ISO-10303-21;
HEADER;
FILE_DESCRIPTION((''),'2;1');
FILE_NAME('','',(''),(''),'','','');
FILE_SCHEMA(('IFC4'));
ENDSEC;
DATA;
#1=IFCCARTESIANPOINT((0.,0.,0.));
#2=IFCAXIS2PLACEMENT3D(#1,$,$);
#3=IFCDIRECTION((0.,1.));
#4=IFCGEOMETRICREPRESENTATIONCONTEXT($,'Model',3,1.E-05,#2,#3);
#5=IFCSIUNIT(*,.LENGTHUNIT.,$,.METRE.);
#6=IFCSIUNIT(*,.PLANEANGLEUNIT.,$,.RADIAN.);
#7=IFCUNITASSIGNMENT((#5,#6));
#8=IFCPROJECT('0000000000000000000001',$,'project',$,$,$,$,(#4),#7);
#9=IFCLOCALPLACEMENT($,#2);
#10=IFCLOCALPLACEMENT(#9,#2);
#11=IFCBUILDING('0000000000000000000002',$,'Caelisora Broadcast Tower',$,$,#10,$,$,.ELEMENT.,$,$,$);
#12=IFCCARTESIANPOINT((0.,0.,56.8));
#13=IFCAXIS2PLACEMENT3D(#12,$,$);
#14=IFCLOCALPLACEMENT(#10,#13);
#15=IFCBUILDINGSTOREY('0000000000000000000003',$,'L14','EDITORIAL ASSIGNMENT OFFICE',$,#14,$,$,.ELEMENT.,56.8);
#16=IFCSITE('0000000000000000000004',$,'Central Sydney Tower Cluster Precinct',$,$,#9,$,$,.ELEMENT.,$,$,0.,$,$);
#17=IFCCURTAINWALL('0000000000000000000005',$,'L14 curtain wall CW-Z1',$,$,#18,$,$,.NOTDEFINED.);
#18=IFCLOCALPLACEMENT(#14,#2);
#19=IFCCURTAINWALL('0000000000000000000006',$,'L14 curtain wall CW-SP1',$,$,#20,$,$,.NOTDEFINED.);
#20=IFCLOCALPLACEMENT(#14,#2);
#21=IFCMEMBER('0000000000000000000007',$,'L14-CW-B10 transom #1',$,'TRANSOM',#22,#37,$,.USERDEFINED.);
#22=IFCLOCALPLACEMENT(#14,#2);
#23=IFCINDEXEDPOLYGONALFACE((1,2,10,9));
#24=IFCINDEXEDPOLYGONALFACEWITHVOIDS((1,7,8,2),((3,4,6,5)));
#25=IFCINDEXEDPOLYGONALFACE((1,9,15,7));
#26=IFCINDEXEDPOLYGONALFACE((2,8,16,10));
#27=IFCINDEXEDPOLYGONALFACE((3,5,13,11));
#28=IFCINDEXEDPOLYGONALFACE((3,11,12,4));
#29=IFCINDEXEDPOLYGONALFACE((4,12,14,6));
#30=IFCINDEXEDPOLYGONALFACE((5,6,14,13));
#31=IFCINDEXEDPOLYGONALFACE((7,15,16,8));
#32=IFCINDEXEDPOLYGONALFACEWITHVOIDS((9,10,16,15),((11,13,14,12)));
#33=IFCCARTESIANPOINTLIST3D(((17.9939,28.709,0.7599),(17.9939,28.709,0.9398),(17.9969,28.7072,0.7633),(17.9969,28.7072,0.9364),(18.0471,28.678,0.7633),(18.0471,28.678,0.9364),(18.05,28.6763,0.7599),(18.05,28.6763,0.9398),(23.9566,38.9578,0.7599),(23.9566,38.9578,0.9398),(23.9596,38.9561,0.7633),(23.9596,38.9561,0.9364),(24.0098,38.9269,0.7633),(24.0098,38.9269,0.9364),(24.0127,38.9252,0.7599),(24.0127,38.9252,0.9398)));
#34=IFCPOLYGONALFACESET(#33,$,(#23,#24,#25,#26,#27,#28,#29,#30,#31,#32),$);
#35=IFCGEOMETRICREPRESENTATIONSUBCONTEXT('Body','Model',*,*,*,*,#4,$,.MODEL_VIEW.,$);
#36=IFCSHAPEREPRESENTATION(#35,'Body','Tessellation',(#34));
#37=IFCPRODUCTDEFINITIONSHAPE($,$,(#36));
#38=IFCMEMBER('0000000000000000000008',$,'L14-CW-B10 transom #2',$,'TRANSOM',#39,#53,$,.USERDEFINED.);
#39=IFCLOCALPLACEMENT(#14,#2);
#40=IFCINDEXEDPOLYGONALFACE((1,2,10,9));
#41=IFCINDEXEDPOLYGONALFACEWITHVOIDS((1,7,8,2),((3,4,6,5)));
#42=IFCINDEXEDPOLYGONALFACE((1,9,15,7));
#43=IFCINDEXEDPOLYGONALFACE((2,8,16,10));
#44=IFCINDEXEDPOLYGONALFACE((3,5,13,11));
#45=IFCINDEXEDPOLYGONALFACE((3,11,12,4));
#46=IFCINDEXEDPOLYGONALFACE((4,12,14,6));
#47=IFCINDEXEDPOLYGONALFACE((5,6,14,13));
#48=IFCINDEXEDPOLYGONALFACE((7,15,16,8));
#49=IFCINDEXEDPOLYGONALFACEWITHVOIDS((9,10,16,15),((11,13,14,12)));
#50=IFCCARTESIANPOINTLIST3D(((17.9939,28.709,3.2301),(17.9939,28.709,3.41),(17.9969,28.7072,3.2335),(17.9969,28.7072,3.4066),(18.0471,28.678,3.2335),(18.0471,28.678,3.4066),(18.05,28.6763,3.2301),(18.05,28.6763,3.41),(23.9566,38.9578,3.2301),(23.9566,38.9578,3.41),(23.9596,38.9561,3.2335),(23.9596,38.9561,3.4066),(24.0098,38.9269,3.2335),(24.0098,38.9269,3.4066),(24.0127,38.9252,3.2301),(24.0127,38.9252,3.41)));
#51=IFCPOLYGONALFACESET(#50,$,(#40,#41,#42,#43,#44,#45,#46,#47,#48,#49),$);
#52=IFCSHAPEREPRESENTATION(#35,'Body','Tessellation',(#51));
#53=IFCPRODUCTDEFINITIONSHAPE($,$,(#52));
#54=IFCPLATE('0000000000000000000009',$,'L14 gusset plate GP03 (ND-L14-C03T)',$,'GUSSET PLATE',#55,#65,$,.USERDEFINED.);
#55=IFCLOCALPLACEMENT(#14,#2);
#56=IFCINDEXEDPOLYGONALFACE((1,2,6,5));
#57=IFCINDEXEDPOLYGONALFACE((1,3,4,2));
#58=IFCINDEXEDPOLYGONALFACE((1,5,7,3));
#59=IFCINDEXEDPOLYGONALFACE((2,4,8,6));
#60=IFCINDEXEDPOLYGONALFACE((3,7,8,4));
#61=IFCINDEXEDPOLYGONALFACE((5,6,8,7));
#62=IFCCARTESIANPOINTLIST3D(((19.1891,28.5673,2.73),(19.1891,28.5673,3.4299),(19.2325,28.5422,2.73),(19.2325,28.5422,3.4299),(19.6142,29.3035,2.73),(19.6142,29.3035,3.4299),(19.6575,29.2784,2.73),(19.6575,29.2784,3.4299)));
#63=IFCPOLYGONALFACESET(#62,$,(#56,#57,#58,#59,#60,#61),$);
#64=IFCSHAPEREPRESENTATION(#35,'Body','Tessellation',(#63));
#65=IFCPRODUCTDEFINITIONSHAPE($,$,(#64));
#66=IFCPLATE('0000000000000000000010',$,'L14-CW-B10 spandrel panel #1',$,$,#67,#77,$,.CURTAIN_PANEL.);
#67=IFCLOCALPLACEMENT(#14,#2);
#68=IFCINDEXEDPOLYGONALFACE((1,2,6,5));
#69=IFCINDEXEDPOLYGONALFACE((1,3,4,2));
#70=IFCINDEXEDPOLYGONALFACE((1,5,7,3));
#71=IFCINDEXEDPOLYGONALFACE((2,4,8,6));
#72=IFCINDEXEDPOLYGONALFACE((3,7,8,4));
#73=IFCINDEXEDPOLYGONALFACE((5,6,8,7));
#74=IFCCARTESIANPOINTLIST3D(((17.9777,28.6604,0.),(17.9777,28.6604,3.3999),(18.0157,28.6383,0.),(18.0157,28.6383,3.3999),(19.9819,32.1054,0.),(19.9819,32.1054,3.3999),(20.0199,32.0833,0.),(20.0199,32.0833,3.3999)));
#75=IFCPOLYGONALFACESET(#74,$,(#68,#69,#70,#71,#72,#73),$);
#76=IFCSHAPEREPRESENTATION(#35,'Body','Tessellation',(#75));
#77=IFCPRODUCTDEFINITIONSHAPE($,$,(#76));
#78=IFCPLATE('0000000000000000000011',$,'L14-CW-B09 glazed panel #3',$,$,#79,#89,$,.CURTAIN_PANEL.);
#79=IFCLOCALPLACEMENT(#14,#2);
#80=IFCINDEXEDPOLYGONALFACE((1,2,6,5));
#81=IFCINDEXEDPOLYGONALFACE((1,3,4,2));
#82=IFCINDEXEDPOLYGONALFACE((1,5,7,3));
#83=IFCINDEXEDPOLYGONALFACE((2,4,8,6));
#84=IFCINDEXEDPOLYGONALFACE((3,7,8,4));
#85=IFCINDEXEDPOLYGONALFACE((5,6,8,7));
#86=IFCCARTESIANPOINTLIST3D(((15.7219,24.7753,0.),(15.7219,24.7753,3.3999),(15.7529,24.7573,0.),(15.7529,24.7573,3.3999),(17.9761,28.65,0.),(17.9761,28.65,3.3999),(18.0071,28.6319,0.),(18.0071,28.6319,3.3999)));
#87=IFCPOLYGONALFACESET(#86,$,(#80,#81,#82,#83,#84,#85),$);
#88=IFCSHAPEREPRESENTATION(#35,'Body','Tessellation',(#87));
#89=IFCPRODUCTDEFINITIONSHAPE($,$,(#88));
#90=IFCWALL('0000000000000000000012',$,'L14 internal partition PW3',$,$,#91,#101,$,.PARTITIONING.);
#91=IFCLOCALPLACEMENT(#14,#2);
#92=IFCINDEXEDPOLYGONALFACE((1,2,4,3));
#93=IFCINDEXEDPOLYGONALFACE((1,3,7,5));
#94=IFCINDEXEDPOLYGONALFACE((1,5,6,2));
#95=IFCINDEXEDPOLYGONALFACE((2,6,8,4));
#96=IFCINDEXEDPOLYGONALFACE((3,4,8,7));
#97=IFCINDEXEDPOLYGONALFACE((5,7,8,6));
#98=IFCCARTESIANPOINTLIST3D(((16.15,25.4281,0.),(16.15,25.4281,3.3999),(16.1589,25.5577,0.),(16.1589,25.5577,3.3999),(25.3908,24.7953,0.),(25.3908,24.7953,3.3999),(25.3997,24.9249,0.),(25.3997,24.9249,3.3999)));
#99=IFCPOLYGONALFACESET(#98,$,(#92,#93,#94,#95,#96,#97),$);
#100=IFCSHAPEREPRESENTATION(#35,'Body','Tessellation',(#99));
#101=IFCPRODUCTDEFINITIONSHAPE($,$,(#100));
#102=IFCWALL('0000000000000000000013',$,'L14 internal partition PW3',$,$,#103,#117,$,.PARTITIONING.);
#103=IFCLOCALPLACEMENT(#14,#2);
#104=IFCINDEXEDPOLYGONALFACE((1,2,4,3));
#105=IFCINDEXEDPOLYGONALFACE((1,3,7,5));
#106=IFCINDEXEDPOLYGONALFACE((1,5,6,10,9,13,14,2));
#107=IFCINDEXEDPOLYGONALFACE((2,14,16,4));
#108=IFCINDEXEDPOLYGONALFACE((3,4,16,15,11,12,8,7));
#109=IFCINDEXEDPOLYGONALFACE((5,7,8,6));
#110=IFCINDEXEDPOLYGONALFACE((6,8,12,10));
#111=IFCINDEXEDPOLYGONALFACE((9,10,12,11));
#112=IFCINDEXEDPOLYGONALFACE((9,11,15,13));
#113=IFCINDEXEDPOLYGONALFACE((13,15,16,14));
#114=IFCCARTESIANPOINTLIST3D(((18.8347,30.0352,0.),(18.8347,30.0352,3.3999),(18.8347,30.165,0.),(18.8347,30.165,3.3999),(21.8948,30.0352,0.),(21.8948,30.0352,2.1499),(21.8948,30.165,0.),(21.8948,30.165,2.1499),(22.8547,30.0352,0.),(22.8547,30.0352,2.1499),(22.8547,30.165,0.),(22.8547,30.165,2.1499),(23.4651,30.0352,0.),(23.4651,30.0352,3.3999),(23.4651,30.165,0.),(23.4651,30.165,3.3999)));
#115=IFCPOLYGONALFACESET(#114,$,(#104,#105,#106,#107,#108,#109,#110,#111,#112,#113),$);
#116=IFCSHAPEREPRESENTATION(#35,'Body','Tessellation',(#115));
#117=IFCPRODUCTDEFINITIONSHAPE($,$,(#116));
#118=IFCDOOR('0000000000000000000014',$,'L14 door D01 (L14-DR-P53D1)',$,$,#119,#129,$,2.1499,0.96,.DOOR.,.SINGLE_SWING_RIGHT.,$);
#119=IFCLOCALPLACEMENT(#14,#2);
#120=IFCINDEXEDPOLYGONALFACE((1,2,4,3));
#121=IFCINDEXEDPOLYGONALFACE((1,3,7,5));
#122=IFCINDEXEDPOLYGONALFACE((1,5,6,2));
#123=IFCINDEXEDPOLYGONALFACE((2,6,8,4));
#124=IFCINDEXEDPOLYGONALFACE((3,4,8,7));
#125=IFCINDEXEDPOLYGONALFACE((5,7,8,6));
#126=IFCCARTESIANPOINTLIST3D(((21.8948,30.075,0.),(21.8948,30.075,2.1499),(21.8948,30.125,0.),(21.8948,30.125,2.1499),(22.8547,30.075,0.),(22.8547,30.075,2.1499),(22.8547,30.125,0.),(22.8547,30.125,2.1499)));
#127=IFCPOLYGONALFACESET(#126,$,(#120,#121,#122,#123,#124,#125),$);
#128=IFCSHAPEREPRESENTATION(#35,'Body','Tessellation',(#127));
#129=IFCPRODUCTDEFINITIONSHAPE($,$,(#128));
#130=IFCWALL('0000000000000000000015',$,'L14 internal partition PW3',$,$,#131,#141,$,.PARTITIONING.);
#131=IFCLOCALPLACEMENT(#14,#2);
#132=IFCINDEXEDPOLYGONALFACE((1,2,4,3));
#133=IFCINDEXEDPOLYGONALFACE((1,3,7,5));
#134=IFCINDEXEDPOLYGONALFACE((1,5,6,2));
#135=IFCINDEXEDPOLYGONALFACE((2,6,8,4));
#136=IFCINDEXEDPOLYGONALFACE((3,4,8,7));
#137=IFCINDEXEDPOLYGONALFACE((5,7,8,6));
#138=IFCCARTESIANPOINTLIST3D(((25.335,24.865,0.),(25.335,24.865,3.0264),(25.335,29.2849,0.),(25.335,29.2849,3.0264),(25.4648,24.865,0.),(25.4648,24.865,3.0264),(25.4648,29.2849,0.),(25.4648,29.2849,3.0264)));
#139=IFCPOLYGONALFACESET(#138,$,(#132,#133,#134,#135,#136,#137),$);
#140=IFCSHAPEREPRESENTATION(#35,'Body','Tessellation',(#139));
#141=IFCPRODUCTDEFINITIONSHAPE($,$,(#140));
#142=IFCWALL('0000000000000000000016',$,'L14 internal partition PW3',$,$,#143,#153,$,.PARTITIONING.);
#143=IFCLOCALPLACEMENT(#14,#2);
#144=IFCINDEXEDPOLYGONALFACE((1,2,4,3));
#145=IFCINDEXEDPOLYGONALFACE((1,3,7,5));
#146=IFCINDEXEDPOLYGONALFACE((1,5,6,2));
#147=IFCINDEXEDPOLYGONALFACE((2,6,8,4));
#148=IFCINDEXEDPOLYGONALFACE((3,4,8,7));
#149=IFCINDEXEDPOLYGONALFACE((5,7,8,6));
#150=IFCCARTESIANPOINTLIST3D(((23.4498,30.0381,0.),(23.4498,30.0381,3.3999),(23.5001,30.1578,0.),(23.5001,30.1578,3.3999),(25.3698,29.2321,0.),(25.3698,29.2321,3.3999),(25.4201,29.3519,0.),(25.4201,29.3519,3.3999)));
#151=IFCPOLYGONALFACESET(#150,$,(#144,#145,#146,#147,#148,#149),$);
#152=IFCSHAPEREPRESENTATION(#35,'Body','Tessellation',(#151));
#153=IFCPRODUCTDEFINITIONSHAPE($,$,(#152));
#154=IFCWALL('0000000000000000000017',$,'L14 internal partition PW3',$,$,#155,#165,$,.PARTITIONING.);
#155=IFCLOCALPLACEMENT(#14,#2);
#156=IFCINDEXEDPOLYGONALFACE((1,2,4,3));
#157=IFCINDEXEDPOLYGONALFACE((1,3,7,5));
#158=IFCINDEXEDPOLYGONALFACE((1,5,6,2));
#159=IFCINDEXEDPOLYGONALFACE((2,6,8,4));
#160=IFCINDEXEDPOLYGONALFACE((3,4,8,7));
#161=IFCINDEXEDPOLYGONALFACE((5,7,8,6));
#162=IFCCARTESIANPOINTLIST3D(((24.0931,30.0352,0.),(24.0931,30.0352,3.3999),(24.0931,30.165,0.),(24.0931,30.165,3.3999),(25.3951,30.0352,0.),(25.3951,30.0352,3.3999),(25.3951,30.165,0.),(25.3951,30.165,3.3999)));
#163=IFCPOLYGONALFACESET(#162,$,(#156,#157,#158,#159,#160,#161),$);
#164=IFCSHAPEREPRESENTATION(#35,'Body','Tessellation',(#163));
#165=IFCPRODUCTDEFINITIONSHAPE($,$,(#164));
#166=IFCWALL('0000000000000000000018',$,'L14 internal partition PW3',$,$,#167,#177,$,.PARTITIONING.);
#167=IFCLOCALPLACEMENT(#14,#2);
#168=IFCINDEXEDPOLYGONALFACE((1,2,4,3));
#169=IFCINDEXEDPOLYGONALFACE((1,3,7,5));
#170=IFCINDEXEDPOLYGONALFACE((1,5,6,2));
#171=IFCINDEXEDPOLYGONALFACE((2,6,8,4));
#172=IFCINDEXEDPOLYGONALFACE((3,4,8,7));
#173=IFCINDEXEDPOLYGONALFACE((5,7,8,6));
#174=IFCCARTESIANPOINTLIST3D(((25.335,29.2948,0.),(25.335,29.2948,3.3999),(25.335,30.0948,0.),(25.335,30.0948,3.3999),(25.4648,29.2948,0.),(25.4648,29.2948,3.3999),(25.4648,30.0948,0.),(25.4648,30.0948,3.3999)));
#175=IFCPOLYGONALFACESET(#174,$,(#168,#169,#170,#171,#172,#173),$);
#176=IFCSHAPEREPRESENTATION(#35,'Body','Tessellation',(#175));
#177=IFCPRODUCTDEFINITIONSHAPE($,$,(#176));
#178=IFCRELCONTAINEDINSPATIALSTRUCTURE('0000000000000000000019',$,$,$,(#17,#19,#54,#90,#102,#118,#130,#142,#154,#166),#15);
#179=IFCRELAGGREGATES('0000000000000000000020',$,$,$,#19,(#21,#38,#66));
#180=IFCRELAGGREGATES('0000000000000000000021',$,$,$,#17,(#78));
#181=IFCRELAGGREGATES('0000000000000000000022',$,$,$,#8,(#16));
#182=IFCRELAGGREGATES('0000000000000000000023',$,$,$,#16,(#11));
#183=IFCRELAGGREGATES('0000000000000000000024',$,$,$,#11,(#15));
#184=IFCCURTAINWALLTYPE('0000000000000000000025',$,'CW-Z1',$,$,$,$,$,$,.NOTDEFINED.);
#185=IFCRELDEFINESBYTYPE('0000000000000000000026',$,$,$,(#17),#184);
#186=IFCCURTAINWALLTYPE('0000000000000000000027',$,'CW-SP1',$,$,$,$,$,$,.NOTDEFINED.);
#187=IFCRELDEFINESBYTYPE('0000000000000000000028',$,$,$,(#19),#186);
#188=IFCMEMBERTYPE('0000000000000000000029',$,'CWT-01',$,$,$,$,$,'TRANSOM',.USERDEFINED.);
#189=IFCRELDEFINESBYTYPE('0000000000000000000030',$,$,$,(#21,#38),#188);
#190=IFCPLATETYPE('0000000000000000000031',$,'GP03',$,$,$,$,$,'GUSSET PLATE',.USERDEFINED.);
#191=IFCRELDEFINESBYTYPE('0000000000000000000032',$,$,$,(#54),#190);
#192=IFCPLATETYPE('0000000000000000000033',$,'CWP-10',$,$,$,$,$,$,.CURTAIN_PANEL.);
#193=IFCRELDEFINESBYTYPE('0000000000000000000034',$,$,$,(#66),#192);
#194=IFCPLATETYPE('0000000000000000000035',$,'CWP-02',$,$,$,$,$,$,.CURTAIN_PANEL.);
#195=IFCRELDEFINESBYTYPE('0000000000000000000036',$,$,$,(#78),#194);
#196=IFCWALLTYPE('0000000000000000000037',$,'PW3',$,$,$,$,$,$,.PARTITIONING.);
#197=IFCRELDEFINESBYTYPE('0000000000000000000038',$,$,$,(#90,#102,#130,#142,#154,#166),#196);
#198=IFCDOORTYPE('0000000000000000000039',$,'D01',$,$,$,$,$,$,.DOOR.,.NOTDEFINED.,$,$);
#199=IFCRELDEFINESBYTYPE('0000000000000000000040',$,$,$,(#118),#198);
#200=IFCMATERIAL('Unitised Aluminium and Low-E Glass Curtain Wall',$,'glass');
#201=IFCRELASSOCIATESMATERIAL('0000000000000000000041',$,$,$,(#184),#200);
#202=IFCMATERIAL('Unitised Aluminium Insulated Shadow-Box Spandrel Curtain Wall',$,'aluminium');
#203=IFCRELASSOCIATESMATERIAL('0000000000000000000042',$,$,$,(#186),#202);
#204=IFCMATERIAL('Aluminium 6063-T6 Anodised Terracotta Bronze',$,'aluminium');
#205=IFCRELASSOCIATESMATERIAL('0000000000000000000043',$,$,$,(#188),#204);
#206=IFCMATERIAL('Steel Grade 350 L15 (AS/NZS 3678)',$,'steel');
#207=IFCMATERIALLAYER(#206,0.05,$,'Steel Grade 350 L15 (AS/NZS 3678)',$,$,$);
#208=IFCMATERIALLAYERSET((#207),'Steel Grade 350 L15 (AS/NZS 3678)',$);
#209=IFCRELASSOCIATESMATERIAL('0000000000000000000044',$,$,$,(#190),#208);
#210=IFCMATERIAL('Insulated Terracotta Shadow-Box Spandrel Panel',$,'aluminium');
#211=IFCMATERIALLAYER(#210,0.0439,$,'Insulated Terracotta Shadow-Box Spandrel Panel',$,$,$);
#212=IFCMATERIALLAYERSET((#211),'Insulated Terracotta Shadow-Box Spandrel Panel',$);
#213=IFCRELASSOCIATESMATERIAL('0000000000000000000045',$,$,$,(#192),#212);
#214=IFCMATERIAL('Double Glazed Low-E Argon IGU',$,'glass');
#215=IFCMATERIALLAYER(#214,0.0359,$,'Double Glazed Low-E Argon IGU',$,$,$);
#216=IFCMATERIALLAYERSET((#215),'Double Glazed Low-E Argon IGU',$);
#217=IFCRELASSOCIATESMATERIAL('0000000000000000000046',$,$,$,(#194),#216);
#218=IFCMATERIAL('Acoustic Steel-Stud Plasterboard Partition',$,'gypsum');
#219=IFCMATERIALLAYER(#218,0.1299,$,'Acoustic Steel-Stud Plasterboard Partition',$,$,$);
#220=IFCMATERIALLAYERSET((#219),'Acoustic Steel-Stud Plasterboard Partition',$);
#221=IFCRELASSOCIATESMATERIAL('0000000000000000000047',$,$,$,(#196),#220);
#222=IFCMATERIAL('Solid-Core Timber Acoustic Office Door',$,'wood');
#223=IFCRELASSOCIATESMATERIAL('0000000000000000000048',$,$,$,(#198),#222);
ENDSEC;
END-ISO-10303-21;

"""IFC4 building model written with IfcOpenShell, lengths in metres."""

from ifc_helpers import new_model, si_unit, direction, frame, frame_2d, origin, origin_2d, place, context, subcontext, project, spatial, rectangle, hollow_rectangle, extrude, source, transform, mapped, material, layer, layer_set, material_profile, profile_set, type_object, type_shapes, element, fill, aggregate, save


model = new_model("IFC4")

# Units and contexts
model_context = context("Model", 3, precision=1e-05, world=origin(), true_north=direction((0.0, 1.0)))
body_context = subcontext(model_context, "Body", "Model", "MODEL_VIEW")
ifc_project = project(units=[si_unit("LENGTHUNIT", "METRE"), si_unit("PLANEANGLEUNIT", "RADIAN")], contexts=[model_context])

# Site, building, storey
site_placement = place(None, origin())
site = spatial("IfcSite", under=ifc_project, at=site_placement, Name="Central Sydney Tower Cluster Precinct", CompositionType="ELEMENT", RefElevation=0.0)
building_placement = place(site_placement, origin())
building = spatial("IfcBuilding", under=site, at=building_placement, Name="Caelisora Broadcast Tower", CompositionType="ELEMENT")
storey_placement = place(building_placement, frame((0.0, 0.0, 56.8)))
storey = spatial("IfcBuildingStorey", under=building, at=storey_placement, Name="L14", Description="EDITORIAL ASSIGNMENT OFFICE", CompositionType="ELEMENT", Elevation=56.8)

# Shared definitions
ifc_material_1 = material(Name="Steel Grade 350 L15 (AS/NZS 3678)", Category="steel")

# Curtain walls, members
ifc_material_2 = material(Name="Unitised Aluminium and Low-E Glass Curtain Wall", Category="glass")
curtain_wall_type_1 = type_object("IfcCurtainWallType", Name="CW-Z1", PredefinedType="NOTDEFINED", material=ifc_material_2)
curtain_wall_1_placement = place(storey_placement, origin())
curtain_wall_1 = element("IfcCurtainWall", 1, at=curtain_wall_1_placement, inside=storey, type_object=curtain_wall_type_1, Name="L14 curtain wall CW-Z1", PredefinedType="NOTDEFINED")
ifc_material_3 = material(Name="Aluminium 6063-T6 Anodised Terracotta Bronze", Category="aluminium")
ifc_material_4 = material(Name="Unitised Aluminium Insulated Shadow-Box Spandrel Curtain Wall", Category="aluminium")
curtain_wall_type_2 = type_object("IfcCurtainWallType", Name="CW-SP1", PredefinedType="NOTDEFINED", material=ifc_material_4)
curtain_wall_2_placement = place(storey_placement, origin())
curtain_wall_2 = element("IfcCurtainWall", 2, at=curtain_wall_2_placement, inside=storey, type_object=curtain_wall_type_2, Name="L14 curtain wall CW-SP1", PredefinedType="NOTDEFINED")
ifc_material_profile_1 = material_profile(ifc_material_3, hollow_rectangle(XDim=0.0649, YDim=0.1799, WallThickness=0.0034, at=origin_2d()), Name="Aluminium 6063-T6 Anodised Terracotta Bronze")
ifc_profile_set_1 = profile_set([ifc_material_profile_1], Name="Aluminium 6063-T6 Anodised Terracotta Bronze")
member_type_1 = type_object("IfcMemberType", Name="CWT-01", ElementType="TRANSOM", PredefinedType="USERDEFINED", material=ifc_profile_set_1)
shared_shape_1 = source(origin(), body_context, "Body", "SweptSolid", [
    extrude(hollow_rectangle(XDim=0.0649, YDim=0.1799, WallThickness=0.0034, at=origin_2d()), origin(), (0.0, 0.0, 1.0), 11.8572),
])
type_shapes(member_type_1, [shared_shape_1])
member_1_placement = place(storey_placement, frame((18.022, 28.6926, 0.8499), z_axis=(0.502876, 0.864359, 0.0), x_axis=(-0.864359, 0.502876, 0.0)))
member_1 = element("IfcMember", 3, at=member_1_placement, type_object=member_type_1, Name="L14-CW-B10 transom #1", ObjectType="TRANSOM", PredefinedType="USERDEFINED", context=body_context, shape_type="MappedRepresentation", body=[
    mapped(shared_shape_1, transform((0.0, 0.0, 0.0), scale=1.0)),
])
member_2_placement = place(storey_placement, frame((18.022, 28.6926, 3.3201), z_axis=(0.502876, 0.864359, 0.0), x_axis=(-0.864359, 0.502876, 0.0)))
member_2 = element("IfcMember", 4, at=member_2_placement, type_object=member_type_1, Name="L14-CW-B10 transom #2", ObjectType="TRANSOM", PredefinedType="USERDEFINED", context=body_context, shape_type="MappedRepresentation", body=[
    mapped(shared_shape_1, transform((0.0, 0.0, 0.0), scale=1.0)),
])

# Plates
ifc_layer_1 = layer(ifc_material_1, 0.05, Name="Steel Grade 350 L15 (AS/NZS 3678)")
ifc_layer_set_1 = layer_set([ifc_layer_1], Name="Steel Grade 350 L15 (AS/NZS 3678)")
plate_type_1 = type_object("IfcPlateType", Name="GP03", ElementType="GUSSET PLATE", PredefinedType="USERDEFINED", material=ifc_layer_set_1)
shared_shape_2 = source(origin(), body_context, "Body", "SweptSolid", [
    extrude(rectangle(XDim=0.8501, YDim=0.05, at=origin_2d()), origin(), (0.0, 0.0, 1.0), 0.7),
])
type_shapes(plate_type_1, [shared_shape_2])
plate_1_placement = place(storey_placement, frame((19.4233, 28.9229, 2.73), z_axis=(0.0, 0.0, 1.0), x_axis=(-0.5, -0.866025, 0.0)))
element("IfcPlate", 5, at=plate_1_placement, inside=storey, type_object=plate_type_1, Name="L14 gusset plate GP03 (ND-L14-C03T)", ObjectType="GUSSET PLATE", PredefinedType="USERDEFINED", context=body_context, shape_type="MappedRepresentation", body=[
    mapped(shared_shape_2, transform((0.0, 0.0, 0.0), scale=1.0)),
])
ifc_material_5 = material(Name="Insulated Terracotta Shadow-Box Spandrel Panel", Category="aluminium")
ifc_layer_2 = layer(ifc_material_5, 0.0439, Name="Insulated Terracotta Shadow-Box Spandrel Panel")
ifc_layer_set_2 = layer_set([ifc_layer_2], Name="Insulated Terracotta Shadow-Box Spandrel Panel")
plate_type_2 = type_object("IfcPlateType", Name="CWP-10", PredefinedType="CURTAIN_PANEL", material=ifc_layer_set_2)
shared_shape_3 = source(origin(), body_context, "Body", "SweptSolid", [
    extrude(rectangle(XDim=3.9856, YDim=0.0439, at=origin_2d()), origin(), (0.0, 0.0, 1.0), 3.3999),
])
type_shapes(plate_type_2, [shared_shape_3])
plate_2_placement = place(storey_placement, frame((18.9988, 30.3718, 0.0), z_axis=(0.0, 0.0, 1.0), x_axis=(0.502869, 0.864363, 0.0)))
plate_2 = element("IfcPlate", 6, at=plate_2_placement, type_object=plate_type_2, Name="L14-CW-B10 spandrel panel #1", PredefinedType="CURTAIN_PANEL", context=body_context, shape_type="MappedRepresentation", body=[
    mapped(shared_shape_3, transform((0.0, 0.0, 0.0), scale=1.0)),
])
aggregate(curtain_wall_2, [member_1, member_2, plate_2])
ifc_material_6 = material(Name="Double Glazed Low-E Argon IGU", Category="glass")
ifc_layer_3 = layer(ifc_material_6, 0.0359, Name="Double Glazed Low-E Argon IGU")
ifc_layer_set_3 = layer_set([ifc_layer_3], Name="Double Glazed Low-E Argon IGU")
plate_type_3 = type_object("IfcPlateType", Name="CWP-02", PredefinedType="CURTAIN_PANEL", material=ifc_layer_set_3)
shared_shape_4 = source(origin(), body_context, "Body", "SweptSolid", [
    extrude(rectangle(XDim=4.4827, YDim=0.0359, at=origin_2d()), origin(), (0.0, 0.0, 1.0), 3.3999),
])
type_shapes(plate_type_3, [shared_shape_4])
plate_3_placement = place(storey_placement, frame((16.8645, 26.7036, 0.0), z_axis=(0.0, 0.0, 1.0), x_axis=(0.502869, 0.864363, 0.0)))
plate_3 = element("IfcPlate", 7, at=plate_3_placement, type_object=plate_type_3, Name="L14-CW-B09 glazed panel #3", PredefinedType="CURTAIN_PANEL", context=body_context, shape_type="MappedRepresentation", body=[
    mapped(shared_shape_4, transform((0.0, 0.0, 0.0), scale=1.0)),
])
aggregate(curtain_wall_1, [plate_3])

# Wall
ifc_material_7 = material(Name="Acoustic Steel-Stud Plasterboard Partition", Category="gypsum")
ifc_layer_4 = layer(ifc_material_7, 0.1299, Name="Acoustic Steel-Stud Plasterboard Partition")
ifc_layer_set_4 = layer_set([ifc_layer_4], Name="Acoustic Steel-Stud Plasterboard Partition")
wall_type = type_object("IfcWallType", Name="PW3", PredefinedType="PARTITIONING", material=ifc_layer_set_4)
wall_1_placement = place(storey_placement, frame((16.1543, 25.4929, 0.0), z_axis=(0.0, 0.0, 1.0), x_axis=(0.997663, -0.068321, 0.0)))
element("IfcWall", 8, at=wall_1_placement, inside=storey, type_object=wall_type, Name="L14 internal partition PW3", PredefinedType="PARTITIONING", context=body_context, shape_type="SweptSolid", body=[
    extrude(rectangle(XDim=9.2625, YDim=0.1299, at=frame_2d((4.6313, 0.0))), origin(), (0.0, 0.0, 1.0), 3.3999),
])

# Wall, opening, door
wall_2_placement = place(storey_placement, frame((18.8347, 30.1001, 0.0), z_axis=(0.0, 0.0, 1.0), x_axis=(1.0, 0.0, 0.0)))
wall_2 = element("IfcWall", 9, at=wall_2_placement, inside=storey, type_object=wall_type, Name="L14 internal partition PW3", PredefinedType="PARTITIONING", context=body_context, shape_type="SweptSolid", body=[
    extrude(rectangle(XDim=4.6304, YDim=0.1299, at=frame_2d((2.3152, 0.0))), origin(), (0.0, 0.0, 1.0), 3.3999),
])
opening_placement = place(wall_2_placement, frame((3.0601, 0.0, 0.0)))
opening = element("IfcOpeningElement", 10, at=opening_placement, cuts=wall_2, PredefinedType="OPENING", context=body_context, shape_type="SweptSolid", body=[
    extrude(rectangle(XDim=0.96, YDim=2.1499, at=frame_2d((0.48, 1.075))), frame((0.0, 0.0769, 0.0), z_axis=(0.0, -1.0, 0.0), x_axis=(1.0, 0.0, 0.0)), (0.0, 0.0, 1.0), 0.1538),
])
ifc_material_8 = material(Name="Solid-Core Timber Acoustic Office Door", Category="wood")
door_type = type_object("IfcDoorType", Name="D01", OperationType="NOTDEFINED", PredefinedType="DOOR", material=ifc_material_8)
door_placement = place(opening_placement, origin())
door = element("IfcDoor", 11, at=door_placement, inside=storey, type_object=door_type, Name="L14 door D01 (L14-DR-P53D1)", OperationType="SINGLE_SWING_RIGHT", OverallHeight=2.1499, OverallWidth=0.96, PredefinedType="DOOR", context=body_context, shape_type="SweptSolid", body=[
    extrude(rectangle(XDim=0.96, YDim=2.1499, at=frame_2d((0.48, 1.075))), frame((0.0, 0.0249, 0.0), z_axis=(0.0, -1.0, 0.0), x_axis=(1.0, 0.0, 0.0)), (0.0, 0.0, 1.0), 0.05),
])
fill(opening, door)

# Walls
wall_3_placement = place(storey_placement, frame((25.3999, 24.865, 0.0), z_axis=(0.0, 0.0, 1.0), x_axis=(0.0, 1.0, 0.0)))
element("IfcWall", 12, at=wall_3_placement, inside=storey, type_object=wall_type, Name="L14 internal partition PW3", PredefinedType="PARTITIONING", context=body_context, shape_type="SweptSolid", body=[
    extrude(rectangle(XDim=4.4199, YDim=0.1299, at=frame_2d((2.21, 0.0))), origin(), (0.0, 0.0, 1.0), 3.0264),
])
wall_4_placement = place(storey_placement, frame((23.4751, 30.0979, 0.0), z_axis=(0.0, 0.0, 1.0), x_axis=(0.922061, -0.387045, 0.0)))
element("IfcWall", 13, at=wall_4_placement, inside=storey, type_object=wall_type, Name="L14 internal partition PW3", PredefinedType="PARTITIONING", context=body_context, shape_type="SweptSolid", body=[
    extrude(rectangle(XDim=2.0823, YDim=0.1299, at=frame_2d((1.041, 0.0))), origin(), (0.0, 0.0, 1.0), 3.3999),
])
wall_5_placement = place(storey_placement, frame((25.395, 30.1001, 0.0), z_axis=(0.0, 0.0, 1.0), x_axis=(-1.0, 0.0, 0.0)))
element("IfcWall", 14, at=wall_5_placement, inside=storey, type_object=wall_type, Name="L14 internal partition PW3", PredefinedType="PARTITIONING", context=body_context, shape_type="SweptSolid", body=[
    extrude(rectangle(XDim=1.302, YDim=0.1299, at=frame_2d((0.6509, 0.0))), origin(), (0.0, 0.0, 1.0), 3.3999),
])
wall_6_placement = place(storey_placement, frame((25.3999, 29.2949, 0.0), z_axis=(0.0, 0.0, 1.0), x_axis=(0.0, 1.0, 0.0)))
element("IfcWall", 15, at=wall_6_placement, inside=storey, type_object=wall_type, Name="L14 internal partition PW3", PredefinedType="PARTITIONING", context=body_context, shape_type="SweptSolid", body=[
    extrude(rectangle(XDim=0.8, YDim=0.1299, at=frame_2d((0.3999, 0.0))), origin(), (0.0, 0.0, 1.0), 3.3999),
])

save(model, "model.ifc")
